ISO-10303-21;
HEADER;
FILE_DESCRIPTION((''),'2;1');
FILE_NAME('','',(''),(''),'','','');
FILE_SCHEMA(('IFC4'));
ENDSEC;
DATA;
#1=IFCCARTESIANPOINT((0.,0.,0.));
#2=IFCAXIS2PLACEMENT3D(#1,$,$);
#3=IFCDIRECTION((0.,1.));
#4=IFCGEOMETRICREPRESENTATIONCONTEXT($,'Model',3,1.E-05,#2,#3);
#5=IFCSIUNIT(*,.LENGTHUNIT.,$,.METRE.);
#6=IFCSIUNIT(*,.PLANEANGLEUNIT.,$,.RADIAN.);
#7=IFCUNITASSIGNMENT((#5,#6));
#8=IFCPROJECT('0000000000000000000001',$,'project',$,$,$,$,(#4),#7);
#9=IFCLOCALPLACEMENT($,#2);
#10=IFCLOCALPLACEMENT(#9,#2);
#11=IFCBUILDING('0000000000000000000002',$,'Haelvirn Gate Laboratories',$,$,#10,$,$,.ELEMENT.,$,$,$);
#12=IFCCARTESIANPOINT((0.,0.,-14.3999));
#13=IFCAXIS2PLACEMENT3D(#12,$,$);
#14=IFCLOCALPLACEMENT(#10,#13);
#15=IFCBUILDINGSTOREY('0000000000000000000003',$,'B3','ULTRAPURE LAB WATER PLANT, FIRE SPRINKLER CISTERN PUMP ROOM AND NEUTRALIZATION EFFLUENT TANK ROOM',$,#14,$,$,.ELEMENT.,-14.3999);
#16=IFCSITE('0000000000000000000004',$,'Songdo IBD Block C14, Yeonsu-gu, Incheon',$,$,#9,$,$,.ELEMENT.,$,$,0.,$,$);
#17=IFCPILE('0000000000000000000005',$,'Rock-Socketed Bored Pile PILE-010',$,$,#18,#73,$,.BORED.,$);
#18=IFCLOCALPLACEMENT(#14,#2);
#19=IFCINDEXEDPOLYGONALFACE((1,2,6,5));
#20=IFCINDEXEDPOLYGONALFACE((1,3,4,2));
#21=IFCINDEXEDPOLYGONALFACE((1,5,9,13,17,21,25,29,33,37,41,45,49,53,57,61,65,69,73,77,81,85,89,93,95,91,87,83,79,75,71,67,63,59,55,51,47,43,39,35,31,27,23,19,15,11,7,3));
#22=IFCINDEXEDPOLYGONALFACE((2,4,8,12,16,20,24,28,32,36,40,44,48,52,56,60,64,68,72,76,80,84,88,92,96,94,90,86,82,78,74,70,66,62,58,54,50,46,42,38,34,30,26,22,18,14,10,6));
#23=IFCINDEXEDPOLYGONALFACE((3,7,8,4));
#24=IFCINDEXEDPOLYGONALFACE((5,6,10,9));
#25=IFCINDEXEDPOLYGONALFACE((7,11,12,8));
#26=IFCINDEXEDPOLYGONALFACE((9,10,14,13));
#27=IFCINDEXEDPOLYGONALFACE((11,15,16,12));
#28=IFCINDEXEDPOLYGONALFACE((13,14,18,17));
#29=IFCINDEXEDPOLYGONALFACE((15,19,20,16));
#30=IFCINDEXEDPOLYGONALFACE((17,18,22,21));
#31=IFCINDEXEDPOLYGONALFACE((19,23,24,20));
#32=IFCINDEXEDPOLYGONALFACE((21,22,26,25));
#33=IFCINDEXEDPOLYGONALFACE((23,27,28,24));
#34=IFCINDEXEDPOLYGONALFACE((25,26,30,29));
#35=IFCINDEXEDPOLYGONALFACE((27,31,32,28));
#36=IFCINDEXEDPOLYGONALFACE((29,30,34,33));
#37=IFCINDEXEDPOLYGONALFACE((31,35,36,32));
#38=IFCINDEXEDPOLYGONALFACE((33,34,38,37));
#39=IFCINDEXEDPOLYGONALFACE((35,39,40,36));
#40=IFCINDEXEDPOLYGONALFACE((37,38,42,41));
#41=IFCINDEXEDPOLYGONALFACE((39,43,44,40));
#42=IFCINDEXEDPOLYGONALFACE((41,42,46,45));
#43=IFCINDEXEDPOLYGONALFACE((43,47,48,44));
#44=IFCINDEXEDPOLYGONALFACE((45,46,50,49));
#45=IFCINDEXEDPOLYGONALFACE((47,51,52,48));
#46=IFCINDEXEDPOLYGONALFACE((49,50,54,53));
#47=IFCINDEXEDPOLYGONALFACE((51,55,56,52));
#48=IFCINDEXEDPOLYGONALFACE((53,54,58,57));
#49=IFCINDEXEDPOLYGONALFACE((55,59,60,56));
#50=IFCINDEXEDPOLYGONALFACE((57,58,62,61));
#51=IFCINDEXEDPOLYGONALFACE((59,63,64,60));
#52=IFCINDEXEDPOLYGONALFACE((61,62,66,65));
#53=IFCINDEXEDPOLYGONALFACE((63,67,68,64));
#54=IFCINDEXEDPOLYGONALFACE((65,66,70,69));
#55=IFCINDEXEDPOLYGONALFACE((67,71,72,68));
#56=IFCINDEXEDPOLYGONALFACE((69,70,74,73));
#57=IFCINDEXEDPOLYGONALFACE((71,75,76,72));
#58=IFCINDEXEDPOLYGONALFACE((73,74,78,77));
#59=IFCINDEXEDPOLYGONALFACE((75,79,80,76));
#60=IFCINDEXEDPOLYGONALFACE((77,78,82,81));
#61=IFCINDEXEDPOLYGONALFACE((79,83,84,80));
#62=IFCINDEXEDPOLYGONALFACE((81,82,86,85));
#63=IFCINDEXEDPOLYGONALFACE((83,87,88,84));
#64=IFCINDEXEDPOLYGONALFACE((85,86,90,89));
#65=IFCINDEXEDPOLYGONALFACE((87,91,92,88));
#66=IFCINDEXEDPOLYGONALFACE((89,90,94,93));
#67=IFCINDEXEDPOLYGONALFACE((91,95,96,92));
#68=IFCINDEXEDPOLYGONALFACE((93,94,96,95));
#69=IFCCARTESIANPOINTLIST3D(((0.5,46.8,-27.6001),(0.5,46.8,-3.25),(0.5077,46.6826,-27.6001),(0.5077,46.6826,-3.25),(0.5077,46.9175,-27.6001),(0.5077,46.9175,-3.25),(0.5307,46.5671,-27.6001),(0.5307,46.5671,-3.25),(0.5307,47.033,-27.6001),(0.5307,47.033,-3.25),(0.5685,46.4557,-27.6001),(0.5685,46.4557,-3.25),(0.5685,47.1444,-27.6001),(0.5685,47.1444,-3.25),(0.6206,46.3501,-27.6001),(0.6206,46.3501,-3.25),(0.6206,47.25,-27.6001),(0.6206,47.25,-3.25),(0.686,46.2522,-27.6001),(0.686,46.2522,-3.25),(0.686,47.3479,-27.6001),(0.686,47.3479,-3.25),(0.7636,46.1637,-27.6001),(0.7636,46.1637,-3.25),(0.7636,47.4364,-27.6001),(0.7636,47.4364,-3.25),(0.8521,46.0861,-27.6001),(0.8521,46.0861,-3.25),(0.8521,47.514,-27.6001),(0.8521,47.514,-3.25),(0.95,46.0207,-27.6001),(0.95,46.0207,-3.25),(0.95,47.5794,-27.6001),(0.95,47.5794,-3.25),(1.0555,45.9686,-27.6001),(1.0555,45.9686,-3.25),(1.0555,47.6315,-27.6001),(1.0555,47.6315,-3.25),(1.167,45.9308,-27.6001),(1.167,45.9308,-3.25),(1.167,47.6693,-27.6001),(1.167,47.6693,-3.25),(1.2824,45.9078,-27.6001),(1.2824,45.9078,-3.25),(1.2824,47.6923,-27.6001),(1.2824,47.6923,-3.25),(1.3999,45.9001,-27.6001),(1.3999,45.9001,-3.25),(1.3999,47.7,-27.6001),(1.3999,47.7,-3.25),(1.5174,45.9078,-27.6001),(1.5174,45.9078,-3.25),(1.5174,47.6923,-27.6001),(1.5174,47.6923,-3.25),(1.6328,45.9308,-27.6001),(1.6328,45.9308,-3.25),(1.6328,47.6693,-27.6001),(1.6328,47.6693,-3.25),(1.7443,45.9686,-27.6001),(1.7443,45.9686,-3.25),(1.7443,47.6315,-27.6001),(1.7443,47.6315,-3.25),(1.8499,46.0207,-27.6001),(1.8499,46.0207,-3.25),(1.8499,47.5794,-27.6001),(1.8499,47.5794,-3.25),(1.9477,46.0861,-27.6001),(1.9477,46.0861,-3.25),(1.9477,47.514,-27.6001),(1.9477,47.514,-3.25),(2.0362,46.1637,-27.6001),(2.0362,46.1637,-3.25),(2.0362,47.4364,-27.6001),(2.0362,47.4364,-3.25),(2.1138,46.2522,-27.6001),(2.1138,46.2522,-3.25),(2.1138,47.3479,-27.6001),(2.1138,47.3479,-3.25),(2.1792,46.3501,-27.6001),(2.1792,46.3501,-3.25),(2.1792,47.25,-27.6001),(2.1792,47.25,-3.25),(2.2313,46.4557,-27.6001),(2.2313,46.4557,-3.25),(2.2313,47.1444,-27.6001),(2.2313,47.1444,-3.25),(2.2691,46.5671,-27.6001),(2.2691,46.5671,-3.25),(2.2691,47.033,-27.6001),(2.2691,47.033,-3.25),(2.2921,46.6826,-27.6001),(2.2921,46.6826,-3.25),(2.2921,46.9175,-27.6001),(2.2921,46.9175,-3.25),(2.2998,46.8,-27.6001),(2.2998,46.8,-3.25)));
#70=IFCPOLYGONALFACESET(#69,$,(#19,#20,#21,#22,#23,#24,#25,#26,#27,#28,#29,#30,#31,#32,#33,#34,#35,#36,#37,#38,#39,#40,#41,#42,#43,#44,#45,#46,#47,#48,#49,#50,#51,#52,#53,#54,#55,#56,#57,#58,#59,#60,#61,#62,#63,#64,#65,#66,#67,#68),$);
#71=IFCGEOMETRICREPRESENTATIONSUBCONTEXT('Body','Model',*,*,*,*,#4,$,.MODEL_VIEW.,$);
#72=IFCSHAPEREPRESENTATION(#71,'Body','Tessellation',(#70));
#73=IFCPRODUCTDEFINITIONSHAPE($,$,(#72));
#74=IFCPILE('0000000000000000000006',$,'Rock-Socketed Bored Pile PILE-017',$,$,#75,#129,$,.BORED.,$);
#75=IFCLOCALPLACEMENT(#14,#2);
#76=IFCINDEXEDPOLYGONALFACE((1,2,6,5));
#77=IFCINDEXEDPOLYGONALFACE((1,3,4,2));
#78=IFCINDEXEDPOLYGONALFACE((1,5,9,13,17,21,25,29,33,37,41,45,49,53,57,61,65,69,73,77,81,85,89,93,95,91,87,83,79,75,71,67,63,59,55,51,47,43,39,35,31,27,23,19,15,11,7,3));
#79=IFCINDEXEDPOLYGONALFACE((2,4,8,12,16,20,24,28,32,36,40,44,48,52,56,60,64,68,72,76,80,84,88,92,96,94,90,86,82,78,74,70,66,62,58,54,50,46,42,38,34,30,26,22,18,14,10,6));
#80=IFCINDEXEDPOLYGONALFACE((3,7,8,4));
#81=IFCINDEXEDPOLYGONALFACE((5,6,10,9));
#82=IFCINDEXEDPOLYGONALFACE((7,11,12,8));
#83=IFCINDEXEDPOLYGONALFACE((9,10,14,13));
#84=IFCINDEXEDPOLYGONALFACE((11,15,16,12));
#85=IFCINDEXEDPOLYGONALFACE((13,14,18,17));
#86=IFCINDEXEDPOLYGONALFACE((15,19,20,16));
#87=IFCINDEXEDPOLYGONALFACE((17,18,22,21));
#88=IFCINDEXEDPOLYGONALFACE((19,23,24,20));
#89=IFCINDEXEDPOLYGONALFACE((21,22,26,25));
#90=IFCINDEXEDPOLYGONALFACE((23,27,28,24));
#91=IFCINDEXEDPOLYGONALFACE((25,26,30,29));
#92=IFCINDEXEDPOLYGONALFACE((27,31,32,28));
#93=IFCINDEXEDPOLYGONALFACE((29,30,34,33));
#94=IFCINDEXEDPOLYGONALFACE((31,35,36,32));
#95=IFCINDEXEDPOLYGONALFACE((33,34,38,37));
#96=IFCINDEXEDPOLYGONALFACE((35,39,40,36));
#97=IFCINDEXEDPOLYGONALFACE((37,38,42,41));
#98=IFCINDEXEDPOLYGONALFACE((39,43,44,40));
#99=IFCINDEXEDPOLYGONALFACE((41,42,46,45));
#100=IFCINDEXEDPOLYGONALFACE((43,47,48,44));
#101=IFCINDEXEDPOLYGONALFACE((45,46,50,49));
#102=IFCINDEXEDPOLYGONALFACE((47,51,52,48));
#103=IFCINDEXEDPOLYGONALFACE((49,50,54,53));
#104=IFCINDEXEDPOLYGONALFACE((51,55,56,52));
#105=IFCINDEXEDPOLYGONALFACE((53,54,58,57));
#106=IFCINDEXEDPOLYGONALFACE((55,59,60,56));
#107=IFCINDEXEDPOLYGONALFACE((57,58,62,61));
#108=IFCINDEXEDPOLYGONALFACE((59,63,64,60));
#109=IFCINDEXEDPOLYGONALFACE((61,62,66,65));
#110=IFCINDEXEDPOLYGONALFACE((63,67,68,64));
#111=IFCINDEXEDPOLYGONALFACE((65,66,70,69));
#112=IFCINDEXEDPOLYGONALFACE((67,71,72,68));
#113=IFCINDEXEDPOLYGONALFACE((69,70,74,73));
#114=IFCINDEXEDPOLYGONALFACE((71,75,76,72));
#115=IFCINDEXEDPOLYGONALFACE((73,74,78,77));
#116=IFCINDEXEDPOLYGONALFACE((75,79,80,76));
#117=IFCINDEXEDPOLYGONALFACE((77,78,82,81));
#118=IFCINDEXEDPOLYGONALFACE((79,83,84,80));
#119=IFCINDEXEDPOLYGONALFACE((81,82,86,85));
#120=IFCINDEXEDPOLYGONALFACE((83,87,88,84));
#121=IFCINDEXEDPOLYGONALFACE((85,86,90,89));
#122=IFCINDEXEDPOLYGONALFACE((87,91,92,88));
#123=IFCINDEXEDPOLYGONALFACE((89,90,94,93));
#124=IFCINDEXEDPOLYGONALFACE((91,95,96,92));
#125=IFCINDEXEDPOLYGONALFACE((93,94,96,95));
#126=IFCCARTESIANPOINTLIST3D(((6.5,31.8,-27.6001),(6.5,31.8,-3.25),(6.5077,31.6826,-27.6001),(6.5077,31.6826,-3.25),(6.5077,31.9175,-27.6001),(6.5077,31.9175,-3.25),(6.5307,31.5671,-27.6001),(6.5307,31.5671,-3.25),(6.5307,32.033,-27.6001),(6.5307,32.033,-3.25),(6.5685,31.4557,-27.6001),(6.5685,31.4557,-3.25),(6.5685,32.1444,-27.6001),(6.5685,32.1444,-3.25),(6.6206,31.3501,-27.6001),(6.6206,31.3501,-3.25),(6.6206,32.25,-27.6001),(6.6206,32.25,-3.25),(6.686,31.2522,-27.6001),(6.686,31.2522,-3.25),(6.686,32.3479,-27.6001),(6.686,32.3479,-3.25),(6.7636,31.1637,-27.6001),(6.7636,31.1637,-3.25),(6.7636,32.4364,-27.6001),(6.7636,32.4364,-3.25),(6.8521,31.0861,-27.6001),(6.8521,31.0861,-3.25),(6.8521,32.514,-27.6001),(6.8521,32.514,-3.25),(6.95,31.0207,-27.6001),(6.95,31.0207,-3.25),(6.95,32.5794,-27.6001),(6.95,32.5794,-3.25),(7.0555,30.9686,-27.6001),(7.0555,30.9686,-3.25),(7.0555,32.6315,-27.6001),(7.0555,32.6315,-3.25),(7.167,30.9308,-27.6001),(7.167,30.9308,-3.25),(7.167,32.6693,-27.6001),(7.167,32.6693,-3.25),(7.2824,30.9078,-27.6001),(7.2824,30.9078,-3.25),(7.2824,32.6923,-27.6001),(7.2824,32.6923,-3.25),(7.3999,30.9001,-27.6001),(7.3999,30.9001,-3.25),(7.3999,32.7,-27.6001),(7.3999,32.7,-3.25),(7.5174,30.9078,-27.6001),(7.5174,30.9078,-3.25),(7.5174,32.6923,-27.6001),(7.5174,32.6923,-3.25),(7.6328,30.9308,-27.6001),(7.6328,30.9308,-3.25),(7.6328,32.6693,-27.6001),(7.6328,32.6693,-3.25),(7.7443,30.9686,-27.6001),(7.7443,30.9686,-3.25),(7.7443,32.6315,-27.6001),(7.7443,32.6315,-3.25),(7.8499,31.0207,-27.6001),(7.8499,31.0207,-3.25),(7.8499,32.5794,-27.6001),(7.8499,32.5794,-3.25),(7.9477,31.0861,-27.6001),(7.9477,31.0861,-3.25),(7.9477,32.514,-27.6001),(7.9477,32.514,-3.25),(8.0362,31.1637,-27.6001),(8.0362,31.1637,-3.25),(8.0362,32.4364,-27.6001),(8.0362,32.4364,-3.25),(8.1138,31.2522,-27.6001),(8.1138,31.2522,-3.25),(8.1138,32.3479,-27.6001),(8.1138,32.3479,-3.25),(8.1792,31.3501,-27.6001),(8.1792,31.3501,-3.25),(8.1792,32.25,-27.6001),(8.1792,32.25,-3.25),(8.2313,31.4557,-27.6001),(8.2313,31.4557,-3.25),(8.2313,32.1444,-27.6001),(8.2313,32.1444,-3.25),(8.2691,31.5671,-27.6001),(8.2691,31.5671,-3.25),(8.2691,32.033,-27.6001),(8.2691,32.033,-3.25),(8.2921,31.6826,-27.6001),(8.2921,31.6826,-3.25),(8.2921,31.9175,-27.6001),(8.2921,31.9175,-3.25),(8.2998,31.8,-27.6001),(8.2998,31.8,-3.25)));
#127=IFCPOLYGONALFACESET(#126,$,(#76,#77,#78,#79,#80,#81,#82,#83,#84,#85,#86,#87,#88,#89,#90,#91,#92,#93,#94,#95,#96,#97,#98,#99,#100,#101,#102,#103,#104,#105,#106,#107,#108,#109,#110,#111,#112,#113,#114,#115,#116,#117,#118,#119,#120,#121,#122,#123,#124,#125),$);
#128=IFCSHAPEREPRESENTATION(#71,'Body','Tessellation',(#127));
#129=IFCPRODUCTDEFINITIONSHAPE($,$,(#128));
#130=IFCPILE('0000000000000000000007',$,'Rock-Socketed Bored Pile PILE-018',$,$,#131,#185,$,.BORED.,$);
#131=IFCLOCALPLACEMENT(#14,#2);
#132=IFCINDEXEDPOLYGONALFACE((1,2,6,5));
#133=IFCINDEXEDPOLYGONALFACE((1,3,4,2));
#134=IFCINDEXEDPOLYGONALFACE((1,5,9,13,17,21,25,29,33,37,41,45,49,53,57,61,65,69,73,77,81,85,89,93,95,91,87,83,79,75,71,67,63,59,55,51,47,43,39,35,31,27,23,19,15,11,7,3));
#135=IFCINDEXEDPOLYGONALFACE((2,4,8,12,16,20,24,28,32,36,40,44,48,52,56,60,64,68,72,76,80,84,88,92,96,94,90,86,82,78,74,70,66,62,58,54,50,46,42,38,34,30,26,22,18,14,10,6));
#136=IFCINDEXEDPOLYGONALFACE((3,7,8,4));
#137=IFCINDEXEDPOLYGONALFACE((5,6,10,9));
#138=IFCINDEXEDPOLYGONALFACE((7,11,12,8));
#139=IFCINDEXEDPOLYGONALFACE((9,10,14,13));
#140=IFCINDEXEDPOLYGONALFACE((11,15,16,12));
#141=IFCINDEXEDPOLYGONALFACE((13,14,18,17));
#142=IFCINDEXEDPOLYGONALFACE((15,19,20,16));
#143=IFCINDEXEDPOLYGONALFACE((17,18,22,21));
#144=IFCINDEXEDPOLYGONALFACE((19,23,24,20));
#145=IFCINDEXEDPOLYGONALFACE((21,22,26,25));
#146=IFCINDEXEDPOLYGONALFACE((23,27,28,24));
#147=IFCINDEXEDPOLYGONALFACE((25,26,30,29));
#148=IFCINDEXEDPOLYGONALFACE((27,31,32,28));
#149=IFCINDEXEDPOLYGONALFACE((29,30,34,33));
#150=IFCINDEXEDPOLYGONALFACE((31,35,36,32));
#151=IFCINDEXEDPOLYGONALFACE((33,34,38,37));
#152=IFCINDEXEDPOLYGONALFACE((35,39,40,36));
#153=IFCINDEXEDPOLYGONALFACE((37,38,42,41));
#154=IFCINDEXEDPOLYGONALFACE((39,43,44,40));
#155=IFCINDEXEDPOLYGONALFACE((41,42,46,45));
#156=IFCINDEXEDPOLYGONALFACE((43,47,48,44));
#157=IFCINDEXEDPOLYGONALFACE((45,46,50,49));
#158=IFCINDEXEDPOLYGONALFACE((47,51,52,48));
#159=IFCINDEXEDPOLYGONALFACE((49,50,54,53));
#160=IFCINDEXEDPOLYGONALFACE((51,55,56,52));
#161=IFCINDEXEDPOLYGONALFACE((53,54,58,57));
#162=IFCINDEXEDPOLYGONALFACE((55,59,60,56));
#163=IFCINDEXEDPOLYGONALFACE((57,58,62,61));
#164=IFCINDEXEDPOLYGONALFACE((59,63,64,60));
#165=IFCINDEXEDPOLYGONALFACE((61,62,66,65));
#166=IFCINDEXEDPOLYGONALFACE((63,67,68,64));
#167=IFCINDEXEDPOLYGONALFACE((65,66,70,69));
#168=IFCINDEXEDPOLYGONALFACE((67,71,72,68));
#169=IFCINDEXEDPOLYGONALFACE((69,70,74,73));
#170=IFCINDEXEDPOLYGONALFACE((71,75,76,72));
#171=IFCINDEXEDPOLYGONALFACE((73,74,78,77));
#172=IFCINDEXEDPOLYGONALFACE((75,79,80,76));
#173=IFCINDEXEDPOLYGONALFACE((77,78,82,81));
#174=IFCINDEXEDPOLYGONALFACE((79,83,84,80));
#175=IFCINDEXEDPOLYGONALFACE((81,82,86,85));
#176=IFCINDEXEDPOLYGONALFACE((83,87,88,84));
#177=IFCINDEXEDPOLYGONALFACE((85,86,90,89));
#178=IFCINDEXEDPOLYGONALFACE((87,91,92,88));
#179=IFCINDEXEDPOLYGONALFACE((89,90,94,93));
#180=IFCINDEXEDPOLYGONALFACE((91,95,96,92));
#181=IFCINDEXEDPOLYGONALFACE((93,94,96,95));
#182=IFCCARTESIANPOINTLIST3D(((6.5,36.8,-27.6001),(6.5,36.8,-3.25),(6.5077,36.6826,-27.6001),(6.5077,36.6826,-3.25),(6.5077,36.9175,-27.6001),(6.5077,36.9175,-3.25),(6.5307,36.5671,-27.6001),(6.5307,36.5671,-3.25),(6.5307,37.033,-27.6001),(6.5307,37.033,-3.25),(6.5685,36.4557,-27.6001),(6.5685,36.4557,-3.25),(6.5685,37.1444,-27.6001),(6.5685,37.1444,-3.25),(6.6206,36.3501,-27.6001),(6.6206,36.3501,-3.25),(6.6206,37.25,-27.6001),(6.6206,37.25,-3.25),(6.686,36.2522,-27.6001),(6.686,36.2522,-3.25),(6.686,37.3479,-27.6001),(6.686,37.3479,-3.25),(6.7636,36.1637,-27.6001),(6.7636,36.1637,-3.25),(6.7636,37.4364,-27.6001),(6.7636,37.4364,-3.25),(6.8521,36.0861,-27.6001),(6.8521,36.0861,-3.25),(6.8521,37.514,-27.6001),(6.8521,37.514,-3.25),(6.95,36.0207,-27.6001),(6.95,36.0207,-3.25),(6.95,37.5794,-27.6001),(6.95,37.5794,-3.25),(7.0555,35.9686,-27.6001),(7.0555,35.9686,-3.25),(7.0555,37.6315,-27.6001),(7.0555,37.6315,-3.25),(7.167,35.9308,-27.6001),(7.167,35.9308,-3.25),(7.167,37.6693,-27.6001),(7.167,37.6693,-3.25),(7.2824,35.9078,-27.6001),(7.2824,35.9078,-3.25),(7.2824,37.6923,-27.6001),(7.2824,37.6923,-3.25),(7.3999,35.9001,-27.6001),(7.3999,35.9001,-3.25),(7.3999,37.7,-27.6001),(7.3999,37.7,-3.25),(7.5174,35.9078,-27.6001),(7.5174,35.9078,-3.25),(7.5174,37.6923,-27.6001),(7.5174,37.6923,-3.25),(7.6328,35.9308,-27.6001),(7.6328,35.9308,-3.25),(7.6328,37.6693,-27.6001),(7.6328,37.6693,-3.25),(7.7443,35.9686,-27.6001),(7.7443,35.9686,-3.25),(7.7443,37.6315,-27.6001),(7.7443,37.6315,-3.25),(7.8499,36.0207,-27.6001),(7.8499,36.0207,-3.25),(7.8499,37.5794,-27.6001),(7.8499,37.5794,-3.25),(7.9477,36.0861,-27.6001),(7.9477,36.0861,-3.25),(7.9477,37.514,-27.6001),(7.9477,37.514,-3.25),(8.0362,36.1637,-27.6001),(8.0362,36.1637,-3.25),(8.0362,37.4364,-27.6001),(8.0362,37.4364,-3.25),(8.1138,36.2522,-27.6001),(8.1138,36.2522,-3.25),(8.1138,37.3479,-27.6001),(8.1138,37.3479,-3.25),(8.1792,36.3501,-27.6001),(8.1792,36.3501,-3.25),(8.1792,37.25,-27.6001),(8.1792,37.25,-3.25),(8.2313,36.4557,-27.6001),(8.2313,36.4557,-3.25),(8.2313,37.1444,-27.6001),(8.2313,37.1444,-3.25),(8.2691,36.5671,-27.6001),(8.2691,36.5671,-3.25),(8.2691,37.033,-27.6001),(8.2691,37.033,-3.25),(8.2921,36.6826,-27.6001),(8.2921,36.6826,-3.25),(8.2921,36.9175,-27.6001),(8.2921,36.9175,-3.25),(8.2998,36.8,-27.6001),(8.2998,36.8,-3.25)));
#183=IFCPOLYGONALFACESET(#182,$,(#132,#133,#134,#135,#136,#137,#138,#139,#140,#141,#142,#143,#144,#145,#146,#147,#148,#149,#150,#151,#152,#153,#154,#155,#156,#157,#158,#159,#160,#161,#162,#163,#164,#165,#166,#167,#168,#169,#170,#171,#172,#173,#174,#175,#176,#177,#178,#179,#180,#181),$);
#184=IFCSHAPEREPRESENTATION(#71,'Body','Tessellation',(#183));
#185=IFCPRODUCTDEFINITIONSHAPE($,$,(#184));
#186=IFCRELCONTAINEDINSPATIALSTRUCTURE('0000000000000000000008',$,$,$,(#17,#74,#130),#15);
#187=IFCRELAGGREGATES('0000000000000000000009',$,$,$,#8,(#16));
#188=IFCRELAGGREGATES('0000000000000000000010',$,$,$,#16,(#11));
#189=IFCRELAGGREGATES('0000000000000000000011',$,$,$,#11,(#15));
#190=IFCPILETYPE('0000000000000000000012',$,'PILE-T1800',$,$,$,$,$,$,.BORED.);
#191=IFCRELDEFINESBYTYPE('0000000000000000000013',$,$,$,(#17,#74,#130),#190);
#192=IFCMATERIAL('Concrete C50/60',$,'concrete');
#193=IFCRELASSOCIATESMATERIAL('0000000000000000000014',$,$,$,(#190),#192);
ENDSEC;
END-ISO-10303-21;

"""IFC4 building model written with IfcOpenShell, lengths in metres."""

from ifc_helpers import new_model, si_unit, direction, frame, origin, origin_2d, place, context, subcontext, project, spatial, circle, extrude, source, transform, mapped, material, material_profile, profile_set, type_object, type_shapes, element, save


model = new_model("IFC4")

# Units and contexts
model_context = context("Model", 3, precision=1e-05, world=origin(), true_north=direction((0.0, 1.0)))
body_context = subcontext(model_context, "Body", "Model", "MODEL_VIEW")
ifc_project = project(units=[si_unit("LENGTHUNIT", "METRE"), si_unit("PLANEANGLEUNIT", "RADIAN")], contexts=[model_context])

# Site, building, storey
site_placement = place(None, origin())
site = spatial("IfcSite", under=ifc_project, at=site_placement, Name="Songdo IBD Block C14, Yeonsu-gu, Incheon", CompositionType="ELEMENT", RefElevation=0.0)
building_placement = place(site_placement, origin())
building = spatial("IfcBuilding", under=site, at=building_placement, Name="Haelvirn Gate Laboratories", CompositionType="ELEMENT")
storey_placement = place(building_placement, frame((0.0, 0.0, -14.3999)))
storey = spatial("IfcBuildingStorey", under=building, at=storey_placement, Name="B3", Description="ULTRAPURE LAB WATER PLANT, FIRE SPRINKLER CISTERN PUMP ROOM AND NEUTRALIZATION EFFLUENT TANK ROOM", CompositionType="ELEMENT", Elevation=-14.3999)

# Piles
ifc_material_1 = material(Name="Concrete C50/60", Category="concrete")
ifc_material_profile_1 = material_profile(ifc_material_1, circle(Radius=0.8999, at=origin_2d()), Name="PILE-D1800")
ifc_profile_set_1 = profile_set([ifc_material_profile_1], Name="Concrete C50/60")
pile_type_1 = type_object("IfcPileType", Name="PILE-T1800", PredefinedType="BORED", material=ifc_profile_set_1)
shared_shape_1 = source(origin(), body_context, "Body", "SweptSolid", [
    extrude(circle(Radius=0.8999, at=origin_2d()), origin(), (0.0, 0.0, 1.0), 24.3501),
])
type_shapes(pile_type_1, [shared_shape_1])
for number, where, z_axis, x_axis, name in (
    (1, (1.3999, 46.8, -3.25), (0.0, 0.0, -1.0), (1.0, 0.0, 0.0), "Rock-Socketed Bored Pile PILE-010"),
    (2, (7.3999, 31.8, -3.25), (0.0, 0.0, -1.0), (1.0, 0.0, 0.0), "Rock-Socketed Bored Pile PILE-017"),
    (3, (7.3999, 36.8, -3.25), (0.0, 0.0, -1.0), (1.0, 0.0, 0.0), "Rock-Socketed Bored Pile PILE-018"),
):
    element("IfcPile", number, at=place(storey_placement, frame(where, z_axis=z_axis, x_axis=x_axis)), inside=storey, type_object=pile_type_1, Name=name, PredefinedType="BORED", context=body_context, shape_type="MappedRepresentation", body=[
        mapped(shared_shape_1, transform((0.0, 0.0, 0.0), scale=1.0)),
    ])

save(model, "model.ifc")
